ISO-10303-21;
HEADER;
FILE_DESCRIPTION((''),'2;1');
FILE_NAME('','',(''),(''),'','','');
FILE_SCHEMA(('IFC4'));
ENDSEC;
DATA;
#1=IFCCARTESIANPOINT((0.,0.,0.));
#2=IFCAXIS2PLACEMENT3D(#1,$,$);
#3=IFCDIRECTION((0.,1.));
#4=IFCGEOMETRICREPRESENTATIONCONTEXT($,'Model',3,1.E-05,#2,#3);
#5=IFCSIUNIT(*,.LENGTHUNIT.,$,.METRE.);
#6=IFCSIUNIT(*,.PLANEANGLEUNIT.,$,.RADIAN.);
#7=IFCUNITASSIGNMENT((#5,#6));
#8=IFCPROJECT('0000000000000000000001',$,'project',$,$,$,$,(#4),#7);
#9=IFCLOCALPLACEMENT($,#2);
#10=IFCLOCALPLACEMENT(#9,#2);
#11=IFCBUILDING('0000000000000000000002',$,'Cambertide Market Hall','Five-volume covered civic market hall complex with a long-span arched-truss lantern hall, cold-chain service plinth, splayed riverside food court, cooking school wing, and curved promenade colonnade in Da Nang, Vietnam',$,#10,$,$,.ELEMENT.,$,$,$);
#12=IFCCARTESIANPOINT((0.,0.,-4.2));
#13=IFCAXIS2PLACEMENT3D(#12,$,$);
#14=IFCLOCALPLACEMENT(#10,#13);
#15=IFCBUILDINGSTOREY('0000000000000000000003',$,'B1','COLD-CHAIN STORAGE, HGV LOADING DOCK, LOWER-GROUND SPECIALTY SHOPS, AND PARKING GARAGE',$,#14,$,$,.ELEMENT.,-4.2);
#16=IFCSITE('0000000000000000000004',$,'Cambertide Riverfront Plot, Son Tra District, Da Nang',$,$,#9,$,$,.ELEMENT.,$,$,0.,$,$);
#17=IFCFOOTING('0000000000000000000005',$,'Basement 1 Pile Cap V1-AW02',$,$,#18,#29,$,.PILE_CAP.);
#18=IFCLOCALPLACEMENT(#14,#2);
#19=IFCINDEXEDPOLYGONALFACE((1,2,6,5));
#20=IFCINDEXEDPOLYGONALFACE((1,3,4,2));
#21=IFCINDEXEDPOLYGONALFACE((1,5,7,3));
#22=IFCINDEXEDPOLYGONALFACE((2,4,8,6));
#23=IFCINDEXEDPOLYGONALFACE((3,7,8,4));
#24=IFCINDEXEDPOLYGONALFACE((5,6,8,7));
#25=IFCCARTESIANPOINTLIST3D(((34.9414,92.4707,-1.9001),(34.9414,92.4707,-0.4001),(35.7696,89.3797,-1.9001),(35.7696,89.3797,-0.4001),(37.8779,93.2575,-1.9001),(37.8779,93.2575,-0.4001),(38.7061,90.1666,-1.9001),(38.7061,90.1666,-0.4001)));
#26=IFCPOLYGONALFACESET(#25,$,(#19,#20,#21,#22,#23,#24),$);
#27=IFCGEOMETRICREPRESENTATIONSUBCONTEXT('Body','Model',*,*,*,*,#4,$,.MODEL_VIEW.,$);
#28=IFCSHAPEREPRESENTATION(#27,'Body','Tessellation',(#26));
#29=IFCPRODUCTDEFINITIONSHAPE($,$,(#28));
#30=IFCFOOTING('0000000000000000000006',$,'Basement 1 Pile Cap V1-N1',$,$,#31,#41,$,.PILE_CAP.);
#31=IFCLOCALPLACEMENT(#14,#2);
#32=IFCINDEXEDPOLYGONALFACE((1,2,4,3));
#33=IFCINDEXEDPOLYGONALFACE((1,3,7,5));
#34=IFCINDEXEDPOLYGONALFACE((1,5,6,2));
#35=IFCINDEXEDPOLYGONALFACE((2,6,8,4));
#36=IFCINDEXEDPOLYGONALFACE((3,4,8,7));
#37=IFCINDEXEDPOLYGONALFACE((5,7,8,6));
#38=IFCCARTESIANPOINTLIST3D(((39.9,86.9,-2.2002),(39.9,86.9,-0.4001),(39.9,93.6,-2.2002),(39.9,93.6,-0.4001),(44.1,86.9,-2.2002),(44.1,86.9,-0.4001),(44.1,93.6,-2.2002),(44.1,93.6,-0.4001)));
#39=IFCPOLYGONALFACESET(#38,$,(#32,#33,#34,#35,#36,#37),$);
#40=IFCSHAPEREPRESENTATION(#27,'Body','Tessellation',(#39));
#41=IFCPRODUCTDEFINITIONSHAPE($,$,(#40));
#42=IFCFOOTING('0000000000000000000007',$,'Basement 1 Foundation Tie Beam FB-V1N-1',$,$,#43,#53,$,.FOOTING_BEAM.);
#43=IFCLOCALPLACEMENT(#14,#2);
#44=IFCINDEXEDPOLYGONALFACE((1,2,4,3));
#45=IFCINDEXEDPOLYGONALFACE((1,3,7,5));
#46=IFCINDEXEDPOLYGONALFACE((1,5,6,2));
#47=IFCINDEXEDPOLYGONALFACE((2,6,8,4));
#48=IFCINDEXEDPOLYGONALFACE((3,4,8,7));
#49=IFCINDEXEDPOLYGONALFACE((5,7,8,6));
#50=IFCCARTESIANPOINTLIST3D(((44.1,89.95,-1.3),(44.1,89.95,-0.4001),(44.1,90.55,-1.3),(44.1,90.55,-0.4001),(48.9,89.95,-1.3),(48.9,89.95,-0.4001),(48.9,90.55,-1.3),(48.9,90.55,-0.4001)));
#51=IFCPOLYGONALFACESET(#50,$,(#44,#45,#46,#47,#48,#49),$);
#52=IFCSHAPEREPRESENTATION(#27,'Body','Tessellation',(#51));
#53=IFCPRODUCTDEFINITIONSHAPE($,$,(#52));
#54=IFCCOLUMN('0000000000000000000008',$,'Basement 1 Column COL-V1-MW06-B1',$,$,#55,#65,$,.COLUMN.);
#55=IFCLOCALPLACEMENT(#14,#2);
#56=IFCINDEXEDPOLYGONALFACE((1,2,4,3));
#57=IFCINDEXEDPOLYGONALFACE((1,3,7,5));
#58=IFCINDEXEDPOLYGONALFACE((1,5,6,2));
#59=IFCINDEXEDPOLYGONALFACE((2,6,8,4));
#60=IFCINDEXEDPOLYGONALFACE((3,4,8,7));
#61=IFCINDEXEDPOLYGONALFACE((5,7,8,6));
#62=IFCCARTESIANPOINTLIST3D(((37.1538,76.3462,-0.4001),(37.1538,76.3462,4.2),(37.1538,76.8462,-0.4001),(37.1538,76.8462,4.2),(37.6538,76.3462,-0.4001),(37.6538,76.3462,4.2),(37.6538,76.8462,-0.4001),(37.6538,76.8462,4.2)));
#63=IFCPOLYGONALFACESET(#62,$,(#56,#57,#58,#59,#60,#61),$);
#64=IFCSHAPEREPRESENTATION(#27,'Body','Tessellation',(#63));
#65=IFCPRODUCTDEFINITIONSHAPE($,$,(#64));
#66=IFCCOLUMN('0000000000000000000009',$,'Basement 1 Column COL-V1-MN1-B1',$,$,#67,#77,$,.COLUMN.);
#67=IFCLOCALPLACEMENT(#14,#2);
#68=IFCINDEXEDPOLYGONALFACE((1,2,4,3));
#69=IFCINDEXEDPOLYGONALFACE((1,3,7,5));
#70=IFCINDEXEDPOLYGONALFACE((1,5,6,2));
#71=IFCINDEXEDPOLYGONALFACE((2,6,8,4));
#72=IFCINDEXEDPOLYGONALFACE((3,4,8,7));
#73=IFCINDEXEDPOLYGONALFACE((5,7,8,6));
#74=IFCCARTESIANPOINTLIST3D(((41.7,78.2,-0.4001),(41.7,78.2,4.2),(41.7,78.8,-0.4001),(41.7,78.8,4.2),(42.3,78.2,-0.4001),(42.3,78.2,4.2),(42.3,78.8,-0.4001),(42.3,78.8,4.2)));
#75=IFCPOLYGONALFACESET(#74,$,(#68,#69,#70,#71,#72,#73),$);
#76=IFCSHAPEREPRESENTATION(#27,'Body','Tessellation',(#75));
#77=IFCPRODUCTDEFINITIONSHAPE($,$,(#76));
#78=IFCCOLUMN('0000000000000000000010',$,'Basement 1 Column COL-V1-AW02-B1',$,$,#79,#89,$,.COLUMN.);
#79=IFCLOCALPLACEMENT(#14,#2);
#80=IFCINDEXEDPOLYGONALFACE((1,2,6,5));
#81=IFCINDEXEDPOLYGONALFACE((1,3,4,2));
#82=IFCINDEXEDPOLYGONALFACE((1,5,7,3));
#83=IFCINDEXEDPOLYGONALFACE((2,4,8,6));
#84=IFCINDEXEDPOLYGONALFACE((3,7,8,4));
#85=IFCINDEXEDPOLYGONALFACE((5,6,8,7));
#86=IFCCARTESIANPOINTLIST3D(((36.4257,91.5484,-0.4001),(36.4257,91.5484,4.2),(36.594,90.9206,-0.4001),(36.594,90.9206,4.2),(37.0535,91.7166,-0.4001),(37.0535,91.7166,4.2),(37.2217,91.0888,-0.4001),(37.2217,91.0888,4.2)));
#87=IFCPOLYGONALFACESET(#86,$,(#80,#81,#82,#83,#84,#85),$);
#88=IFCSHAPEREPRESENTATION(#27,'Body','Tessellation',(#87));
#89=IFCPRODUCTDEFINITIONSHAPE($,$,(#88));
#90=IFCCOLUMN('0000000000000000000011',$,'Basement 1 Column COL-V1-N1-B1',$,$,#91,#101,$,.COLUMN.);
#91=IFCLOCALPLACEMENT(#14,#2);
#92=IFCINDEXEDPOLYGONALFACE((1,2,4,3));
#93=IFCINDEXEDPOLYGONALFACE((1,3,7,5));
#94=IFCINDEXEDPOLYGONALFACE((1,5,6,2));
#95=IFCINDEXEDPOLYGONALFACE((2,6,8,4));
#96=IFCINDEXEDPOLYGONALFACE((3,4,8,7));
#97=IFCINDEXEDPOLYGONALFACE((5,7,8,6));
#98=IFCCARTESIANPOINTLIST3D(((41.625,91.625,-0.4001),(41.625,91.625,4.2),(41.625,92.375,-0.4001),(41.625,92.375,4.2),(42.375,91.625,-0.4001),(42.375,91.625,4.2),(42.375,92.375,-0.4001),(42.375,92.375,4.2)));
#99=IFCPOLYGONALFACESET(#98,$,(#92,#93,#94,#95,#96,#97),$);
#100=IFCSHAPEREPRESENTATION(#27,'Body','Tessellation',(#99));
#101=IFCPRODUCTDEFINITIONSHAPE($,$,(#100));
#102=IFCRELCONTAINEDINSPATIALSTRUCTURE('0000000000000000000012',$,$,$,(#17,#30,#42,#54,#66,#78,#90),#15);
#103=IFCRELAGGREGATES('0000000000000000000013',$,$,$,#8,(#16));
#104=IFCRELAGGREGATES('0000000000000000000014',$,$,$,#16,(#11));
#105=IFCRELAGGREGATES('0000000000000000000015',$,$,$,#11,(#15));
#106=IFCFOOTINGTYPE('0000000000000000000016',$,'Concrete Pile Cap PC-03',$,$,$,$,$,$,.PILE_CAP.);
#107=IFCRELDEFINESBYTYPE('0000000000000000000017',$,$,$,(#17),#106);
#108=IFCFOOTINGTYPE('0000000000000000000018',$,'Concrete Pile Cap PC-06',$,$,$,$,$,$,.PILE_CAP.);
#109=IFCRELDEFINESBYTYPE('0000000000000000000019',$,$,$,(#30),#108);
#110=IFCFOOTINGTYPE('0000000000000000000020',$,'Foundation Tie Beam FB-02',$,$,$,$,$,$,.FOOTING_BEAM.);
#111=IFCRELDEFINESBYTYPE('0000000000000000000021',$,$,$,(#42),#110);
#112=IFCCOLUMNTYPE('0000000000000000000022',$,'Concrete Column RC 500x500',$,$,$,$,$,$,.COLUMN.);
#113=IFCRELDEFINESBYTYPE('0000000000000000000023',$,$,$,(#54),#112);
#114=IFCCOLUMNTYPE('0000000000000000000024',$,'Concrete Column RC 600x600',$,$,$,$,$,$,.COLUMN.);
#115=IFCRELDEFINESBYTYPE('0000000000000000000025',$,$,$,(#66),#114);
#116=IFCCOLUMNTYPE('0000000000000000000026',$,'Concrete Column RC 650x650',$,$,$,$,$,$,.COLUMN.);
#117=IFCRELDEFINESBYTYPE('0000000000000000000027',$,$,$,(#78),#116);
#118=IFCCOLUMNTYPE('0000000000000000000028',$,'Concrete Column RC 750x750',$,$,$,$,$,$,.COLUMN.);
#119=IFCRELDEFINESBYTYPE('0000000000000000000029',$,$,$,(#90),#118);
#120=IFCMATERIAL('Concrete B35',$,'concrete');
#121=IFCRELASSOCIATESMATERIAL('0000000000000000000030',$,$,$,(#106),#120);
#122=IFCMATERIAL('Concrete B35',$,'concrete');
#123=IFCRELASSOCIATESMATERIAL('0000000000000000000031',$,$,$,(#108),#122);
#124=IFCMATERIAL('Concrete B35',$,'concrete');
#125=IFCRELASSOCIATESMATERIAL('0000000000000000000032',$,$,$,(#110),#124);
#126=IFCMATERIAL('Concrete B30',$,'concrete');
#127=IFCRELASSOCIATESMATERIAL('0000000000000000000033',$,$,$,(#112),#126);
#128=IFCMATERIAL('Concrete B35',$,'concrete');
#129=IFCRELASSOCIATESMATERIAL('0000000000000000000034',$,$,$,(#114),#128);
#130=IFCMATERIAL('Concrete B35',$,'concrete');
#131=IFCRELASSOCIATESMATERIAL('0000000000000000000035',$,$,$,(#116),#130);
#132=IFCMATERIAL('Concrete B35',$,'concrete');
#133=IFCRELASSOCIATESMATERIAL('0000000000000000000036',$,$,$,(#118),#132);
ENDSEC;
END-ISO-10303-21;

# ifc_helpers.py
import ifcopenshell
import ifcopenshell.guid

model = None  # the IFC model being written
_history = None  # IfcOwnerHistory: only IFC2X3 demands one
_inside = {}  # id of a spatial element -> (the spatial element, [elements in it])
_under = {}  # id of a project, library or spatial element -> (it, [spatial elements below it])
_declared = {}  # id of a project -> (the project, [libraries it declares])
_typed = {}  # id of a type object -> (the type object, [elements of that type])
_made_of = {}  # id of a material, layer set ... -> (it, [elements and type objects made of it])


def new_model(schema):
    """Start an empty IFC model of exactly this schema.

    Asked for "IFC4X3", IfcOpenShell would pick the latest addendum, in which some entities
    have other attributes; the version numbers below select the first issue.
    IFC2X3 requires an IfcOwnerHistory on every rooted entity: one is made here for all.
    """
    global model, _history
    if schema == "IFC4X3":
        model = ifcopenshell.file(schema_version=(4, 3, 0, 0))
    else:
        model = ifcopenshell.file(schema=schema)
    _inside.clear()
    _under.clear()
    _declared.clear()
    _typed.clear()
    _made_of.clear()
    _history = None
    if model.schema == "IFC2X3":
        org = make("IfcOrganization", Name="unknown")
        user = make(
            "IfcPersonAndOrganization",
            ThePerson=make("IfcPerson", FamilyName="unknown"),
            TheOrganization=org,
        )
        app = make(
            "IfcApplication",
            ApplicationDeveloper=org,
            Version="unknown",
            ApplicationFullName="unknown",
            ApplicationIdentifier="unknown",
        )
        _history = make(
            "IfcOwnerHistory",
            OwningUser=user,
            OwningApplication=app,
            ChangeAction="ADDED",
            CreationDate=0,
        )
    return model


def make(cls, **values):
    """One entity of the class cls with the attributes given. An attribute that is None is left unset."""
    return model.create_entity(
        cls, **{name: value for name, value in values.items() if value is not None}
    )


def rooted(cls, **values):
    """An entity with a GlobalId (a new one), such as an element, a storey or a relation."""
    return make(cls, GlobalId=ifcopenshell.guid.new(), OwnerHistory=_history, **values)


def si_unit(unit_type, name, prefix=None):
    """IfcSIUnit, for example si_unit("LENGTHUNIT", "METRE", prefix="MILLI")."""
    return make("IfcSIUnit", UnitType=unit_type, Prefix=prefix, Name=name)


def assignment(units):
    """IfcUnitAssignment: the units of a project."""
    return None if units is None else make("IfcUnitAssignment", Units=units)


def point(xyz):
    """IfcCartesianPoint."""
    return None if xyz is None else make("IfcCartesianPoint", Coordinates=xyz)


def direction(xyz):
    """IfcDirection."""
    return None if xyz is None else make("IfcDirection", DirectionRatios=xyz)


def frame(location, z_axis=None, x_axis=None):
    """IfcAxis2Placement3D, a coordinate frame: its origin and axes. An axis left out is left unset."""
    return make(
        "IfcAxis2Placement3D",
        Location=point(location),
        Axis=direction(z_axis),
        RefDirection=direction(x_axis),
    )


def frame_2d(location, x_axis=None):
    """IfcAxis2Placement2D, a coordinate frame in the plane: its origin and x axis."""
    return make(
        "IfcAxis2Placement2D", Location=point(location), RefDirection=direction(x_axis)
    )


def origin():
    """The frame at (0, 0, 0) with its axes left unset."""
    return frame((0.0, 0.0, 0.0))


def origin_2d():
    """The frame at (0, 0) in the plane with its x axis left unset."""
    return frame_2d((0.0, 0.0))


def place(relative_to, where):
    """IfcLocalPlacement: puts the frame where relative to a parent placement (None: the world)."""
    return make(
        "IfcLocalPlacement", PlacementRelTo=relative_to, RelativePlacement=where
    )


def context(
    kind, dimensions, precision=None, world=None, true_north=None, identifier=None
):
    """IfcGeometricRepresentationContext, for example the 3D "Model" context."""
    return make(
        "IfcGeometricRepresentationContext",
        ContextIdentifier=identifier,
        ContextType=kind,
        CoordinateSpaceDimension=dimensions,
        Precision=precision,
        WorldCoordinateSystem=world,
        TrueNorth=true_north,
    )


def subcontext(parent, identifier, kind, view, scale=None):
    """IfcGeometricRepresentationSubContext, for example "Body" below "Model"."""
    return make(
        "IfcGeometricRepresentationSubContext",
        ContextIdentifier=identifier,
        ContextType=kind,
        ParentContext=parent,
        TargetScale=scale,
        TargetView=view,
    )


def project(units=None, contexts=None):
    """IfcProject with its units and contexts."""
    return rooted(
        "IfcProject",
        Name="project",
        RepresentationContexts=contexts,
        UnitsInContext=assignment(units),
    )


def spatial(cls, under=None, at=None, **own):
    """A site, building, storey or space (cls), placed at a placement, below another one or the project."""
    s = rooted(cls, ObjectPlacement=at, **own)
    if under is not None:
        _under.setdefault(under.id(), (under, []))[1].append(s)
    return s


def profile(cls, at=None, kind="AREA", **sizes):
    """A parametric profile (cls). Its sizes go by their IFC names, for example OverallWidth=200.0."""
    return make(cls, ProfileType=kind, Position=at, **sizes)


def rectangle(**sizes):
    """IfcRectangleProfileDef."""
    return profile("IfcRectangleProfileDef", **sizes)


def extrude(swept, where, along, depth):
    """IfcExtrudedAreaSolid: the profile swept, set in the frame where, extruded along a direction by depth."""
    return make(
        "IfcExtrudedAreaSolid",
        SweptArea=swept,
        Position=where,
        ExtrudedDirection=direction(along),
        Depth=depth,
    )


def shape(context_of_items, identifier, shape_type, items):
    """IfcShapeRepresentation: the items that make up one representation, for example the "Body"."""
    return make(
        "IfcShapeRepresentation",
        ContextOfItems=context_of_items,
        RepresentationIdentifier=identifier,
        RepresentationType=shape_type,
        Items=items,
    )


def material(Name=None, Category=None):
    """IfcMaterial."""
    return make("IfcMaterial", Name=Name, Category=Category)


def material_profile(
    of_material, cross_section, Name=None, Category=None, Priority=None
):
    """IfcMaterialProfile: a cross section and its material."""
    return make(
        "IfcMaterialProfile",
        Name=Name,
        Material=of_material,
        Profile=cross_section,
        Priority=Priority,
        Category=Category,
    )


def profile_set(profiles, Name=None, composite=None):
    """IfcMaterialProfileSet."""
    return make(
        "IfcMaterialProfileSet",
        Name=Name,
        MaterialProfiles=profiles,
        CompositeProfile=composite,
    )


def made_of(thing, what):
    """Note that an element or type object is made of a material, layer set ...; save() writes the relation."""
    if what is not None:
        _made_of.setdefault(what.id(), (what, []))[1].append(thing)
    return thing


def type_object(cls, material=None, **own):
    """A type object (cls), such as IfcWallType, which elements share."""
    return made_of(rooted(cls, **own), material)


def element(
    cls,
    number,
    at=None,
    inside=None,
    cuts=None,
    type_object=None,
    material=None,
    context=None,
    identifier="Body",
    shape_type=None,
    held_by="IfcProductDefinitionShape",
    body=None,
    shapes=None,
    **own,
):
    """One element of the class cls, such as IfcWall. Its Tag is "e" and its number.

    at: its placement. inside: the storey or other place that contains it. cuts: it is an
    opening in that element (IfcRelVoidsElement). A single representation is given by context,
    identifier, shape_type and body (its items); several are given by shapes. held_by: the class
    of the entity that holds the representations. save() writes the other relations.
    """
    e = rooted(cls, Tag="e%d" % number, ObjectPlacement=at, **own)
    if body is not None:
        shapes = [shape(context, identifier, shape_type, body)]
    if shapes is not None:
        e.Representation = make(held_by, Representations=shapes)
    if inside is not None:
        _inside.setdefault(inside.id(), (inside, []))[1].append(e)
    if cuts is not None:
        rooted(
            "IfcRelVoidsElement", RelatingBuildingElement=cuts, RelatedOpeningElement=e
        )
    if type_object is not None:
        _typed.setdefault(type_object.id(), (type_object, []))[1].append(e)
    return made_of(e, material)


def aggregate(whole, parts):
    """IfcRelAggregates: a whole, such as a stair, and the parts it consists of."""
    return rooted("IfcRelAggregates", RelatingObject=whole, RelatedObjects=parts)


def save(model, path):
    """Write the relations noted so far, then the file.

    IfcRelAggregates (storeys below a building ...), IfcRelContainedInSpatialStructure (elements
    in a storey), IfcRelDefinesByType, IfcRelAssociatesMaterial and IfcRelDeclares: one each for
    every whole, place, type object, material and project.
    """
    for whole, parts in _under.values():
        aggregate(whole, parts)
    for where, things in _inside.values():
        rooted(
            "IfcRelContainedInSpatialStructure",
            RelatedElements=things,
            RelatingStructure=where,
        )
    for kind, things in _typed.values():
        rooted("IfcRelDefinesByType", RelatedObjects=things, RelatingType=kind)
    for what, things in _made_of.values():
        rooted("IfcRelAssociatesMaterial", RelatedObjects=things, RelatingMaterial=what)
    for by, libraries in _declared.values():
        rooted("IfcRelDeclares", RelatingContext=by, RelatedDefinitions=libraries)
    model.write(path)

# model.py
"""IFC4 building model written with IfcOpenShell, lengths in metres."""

from ifc_helpers import new_model, si_unit, direction, frame, origin, origin_2d, place, context, subcontext, project, spatial, rectangle, extrude, material, material_profile, profile_set, type_object, element, save


model = new_model("IFC4")

# Units and contexts
model_context = context("Model", 3, precision=1e-05, world=origin(), true_north=direction((0.0, 1.0)))
body_context = subcontext(model_context, "Body", "Model", "MODEL_VIEW")
ifc_project = project(units=[si_unit("LENGTHUNIT", "METRE"), si_unit("PLANEANGLEUNIT", "RADIAN")], contexts=[model_context])

# Site, building, storey
site_placement = place(None, origin())
site = spatial("IfcSite", under=ifc_project, at=site_placement, Name="Cambertide Riverfront Plot, Son Tra District, Da Nang", CompositionType="ELEMENT", RefElevation=0.0)
building_placement = place(site_placement, origin())
building = spatial("IfcBuilding", under=site, at=building_placement, Name="Cambertide Market Hall", Description="Five-volume covered civic market hall complex with a long-span arched-truss lantern hall, cold-chain service plinth, splayed riverside food court, cooking school wing, and curved promenade colonnade in Da Nang, Vietnam", CompositionType="ELEMENT")
storey_placement = place(building_placement, frame((0.0, 0.0, -4.2)))
storey = spatial("IfcBuildingStorey", under=building, at=storey_placement, Name="B1", Description="COLD-CHAIN STORAGE, HGV LOADING DOCK, LOWER-GROUND SPECIALTY SHOPS, AND PARKING GARAGE", CompositionType="ELEMENT", Elevation=-4.2)

# Footings
ifc_material_1 = material(Name="Concrete B35", Category="concrete")
footing_type_1 = type_object("IfcFootingType", Name="Concrete Pile Cap PC-03", PredefinedType="PILE_CAP", material=ifc_material_1)
footing_1_placement = place(storey_placement, frame((36.8237, 91.3186, -1.9001), z_axis=(0.0, 0.0, 1.0), x_axis=(-0.258819, 0.965926, 0.0)))
element("IfcFooting", 1, at=footing_1_placement, inside=storey, type_object=footing_type_1, Name="Basement 1 Pile Cap V1-AW02", PredefinedType="PILE_CAP", context=body_context, shape_type="SweptSolid", body=[
    extrude(rectangle(XDim=3.2, YDim=3.04, at=origin_2d()), origin(), (0.0, 0.0, 1.0), 1.5),
])
ifc_material_2 = material(Name="Concrete B35", Category="concrete")
footing_type_2 = type_object("IfcFootingType", Name="Concrete Pile Cap PC-06", PredefinedType="PILE_CAP", material=ifc_material_2)
footing_2_placement = place(storey_placement, frame((42.0, 90.25, -2.2002), z_axis=(0.0, 0.0, 1.0), x_axis=(1.0, 0.0, 0.0)))
element("IfcFooting", 2, at=footing_2_placement, inside=storey, type_object=footing_type_2, Name="Basement 1 Pile Cap V1-N1", PredefinedType="PILE_CAP", context=body_context, shape_type="SweptSolid", body=[
    extrude(rectangle(XDim=4.2, YDim=6.7, at=origin_2d()), origin(), (0.0, 0.0, 1.0), 1.8),
])
ifc_material_3 = material(Name="Concrete B35", Category="concrete")
footing_type_3 = type_object("IfcFootingType", Name="Foundation Tie Beam FB-02", PredefinedType="FOOTING_BEAM", material=ifc_material_3)
footing_3_placement = place(storey_placement, frame((46.5, 90.25, -1.3), z_axis=(0.0, 0.0, 1.0), x_axis=(1.0, 0.0, 0.0)))
element("IfcFooting", 3, at=footing_3_placement, inside=storey, type_object=footing_type_3, Name="Basement 1 Foundation Tie Beam FB-V1N-1", PredefinedType="FOOTING_BEAM", context=body_context, shape_type="SweptSolid", body=[
    extrude(rectangle(XDim=4.8, YDim=0.6001, at=origin_2d()), origin(), (0.0, 0.0, 1.0), 0.8999),
])

# Columns
ifc_material_4 = material(Name="Concrete B30", Category="concrete")
ifc_material_profile_1 = material_profile(ifc_material_4, rectangle(XDim=0.5, YDim=0.5, at=origin_2d()), Name="RC 500x500")
ifc_profile_set_1 = profile_set([ifc_material_profile_1], Name="Concrete B30")
column_type_1 = type_object("IfcColumnType", Name="Concrete Column RC 500x500", PredefinedType="COLUMN", material=ifc_profile_set_1)
column_1_placement = place(storey_placement, frame((37.4038, 76.5962, -0.4001), z_axis=(0.0, 0.0, 1.0), x_axis=(1.0, 0.0, 0.0)))
element("IfcColumn", 4, at=column_1_placement, inside=storey, type_object=column_type_1, Name="Basement 1 Column COL-V1-MW06-B1", PredefinedType="COLUMN", context=body_context, shape_type="SweptSolid", body=[
    extrude(rectangle(XDim=0.5, YDim=0.5, at=origin_2d()), origin(), (0.0, 0.0, 1.0), 4.6001),
])
ifc_material_5 = material(Name="Concrete B35", Category="concrete")
ifc_material_profile_2 = material_profile(ifc_material_5, rectangle(XDim=0.6001, YDim=0.6001, at=origin_2d()), Name="RC 600x600")
ifc_profile_set_2 = profile_set([ifc_material_profile_2], Name="Concrete B35")
column_type_2 = type_object("IfcColumnType", Name="Concrete Column RC 600x600", PredefinedType="COLUMN", material=ifc_profile_set_2)
column_2_placement = place(storey_placement, frame((42.0, 78.5, -0.4001), z_axis=(0.0, 0.0, 1.0), x_axis=(1.0, 0.0, 0.0)))
element("IfcColumn", 5, at=column_2_placement, inside=storey, type_object=column_type_2, Name="Basement 1 Column COL-V1-MN1-B1", PredefinedType="COLUMN", context=body_context, shape_type="SweptSolid", body=[
    extrude(rectangle(XDim=0.6001, YDim=0.6001, at=origin_2d()), origin(), (0.0, 0.0, 1.0), 4.6001),
])
ifc_material_6 = material(Name="Concrete B35", Category="concrete")
ifc_material_profile_3 = material_profile(ifc_material_6, rectangle(XDim=0.6499, YDim=0.6499, at=origin_2d()), Name="RC 650x650")
ifc_profile_set_3 = profile_set([ifc_material_profile_3], Name="Concrete B35")
column_type_3 = type_object("IfcColumnType", Name="Concrete Column RC 650x650", PredefinedType="COLUMN", material=ifc_profile_set_3)
column_3_placement = place(storey_placement, frame((36.8237, 91.3186, -0.4001), z_axis=(0.0, 0.0, 1.0), x_axis=(-0.258819, 0.965926, 0.0)))
element("IfcColumn", 6, at=column_3_placement, inside=storey, type_object=column_type_3, Name="Basement 1 Column COL-V1-AW02-B1", PredefinedType="COLUMN", context=body_context, shape_type="SweptSolid", body=[
    extrude(rectangle(XDim=0.6499, YDim=0.6499, at=origin_2d()), origin(), (0.0, 0.0, 1.0), 4.6001),
])
ifc_material_7 = material(Name="Concrete B35", Category="concrete")
ifc_material_profile_4 = material_profile(ifc_material_7, rectangle(XDim=0.75, YDim=0.75, at=origin_2d()), Name="RC 750x750")
ifc_profile_set_4 = profile_set([ifc_material_profile_4], Name="Concrete B35")
column_type_4 = type_object("IfcColumnType", Name="Concrete Column RC 750x750", PredefinedType="COLUMN", material=ifc_profile_set_4)
column_4_placement = place(storey_placement, frame((42.0, 92.0, -0.4001), z_axis=(0.0, 0.0, 1.0), x_axis=(0.0, 1.0, 0.0)))
element("IfcColumn", 7, at=column_4_placement, inside=storey, type_object=column_type_4, Name="Basement 1 Column COL-V1-N1-B1", PredefinedType="COLUMN", context=body_context, shape_type="SweptSolid", body=[
    extrude(rectangle(XDim=0.75, YDim=0.75, at=origin_2d()), origin(), (0.0, 0.0, 1.0), 4.6001),
])

save(model, "model.ifc")
